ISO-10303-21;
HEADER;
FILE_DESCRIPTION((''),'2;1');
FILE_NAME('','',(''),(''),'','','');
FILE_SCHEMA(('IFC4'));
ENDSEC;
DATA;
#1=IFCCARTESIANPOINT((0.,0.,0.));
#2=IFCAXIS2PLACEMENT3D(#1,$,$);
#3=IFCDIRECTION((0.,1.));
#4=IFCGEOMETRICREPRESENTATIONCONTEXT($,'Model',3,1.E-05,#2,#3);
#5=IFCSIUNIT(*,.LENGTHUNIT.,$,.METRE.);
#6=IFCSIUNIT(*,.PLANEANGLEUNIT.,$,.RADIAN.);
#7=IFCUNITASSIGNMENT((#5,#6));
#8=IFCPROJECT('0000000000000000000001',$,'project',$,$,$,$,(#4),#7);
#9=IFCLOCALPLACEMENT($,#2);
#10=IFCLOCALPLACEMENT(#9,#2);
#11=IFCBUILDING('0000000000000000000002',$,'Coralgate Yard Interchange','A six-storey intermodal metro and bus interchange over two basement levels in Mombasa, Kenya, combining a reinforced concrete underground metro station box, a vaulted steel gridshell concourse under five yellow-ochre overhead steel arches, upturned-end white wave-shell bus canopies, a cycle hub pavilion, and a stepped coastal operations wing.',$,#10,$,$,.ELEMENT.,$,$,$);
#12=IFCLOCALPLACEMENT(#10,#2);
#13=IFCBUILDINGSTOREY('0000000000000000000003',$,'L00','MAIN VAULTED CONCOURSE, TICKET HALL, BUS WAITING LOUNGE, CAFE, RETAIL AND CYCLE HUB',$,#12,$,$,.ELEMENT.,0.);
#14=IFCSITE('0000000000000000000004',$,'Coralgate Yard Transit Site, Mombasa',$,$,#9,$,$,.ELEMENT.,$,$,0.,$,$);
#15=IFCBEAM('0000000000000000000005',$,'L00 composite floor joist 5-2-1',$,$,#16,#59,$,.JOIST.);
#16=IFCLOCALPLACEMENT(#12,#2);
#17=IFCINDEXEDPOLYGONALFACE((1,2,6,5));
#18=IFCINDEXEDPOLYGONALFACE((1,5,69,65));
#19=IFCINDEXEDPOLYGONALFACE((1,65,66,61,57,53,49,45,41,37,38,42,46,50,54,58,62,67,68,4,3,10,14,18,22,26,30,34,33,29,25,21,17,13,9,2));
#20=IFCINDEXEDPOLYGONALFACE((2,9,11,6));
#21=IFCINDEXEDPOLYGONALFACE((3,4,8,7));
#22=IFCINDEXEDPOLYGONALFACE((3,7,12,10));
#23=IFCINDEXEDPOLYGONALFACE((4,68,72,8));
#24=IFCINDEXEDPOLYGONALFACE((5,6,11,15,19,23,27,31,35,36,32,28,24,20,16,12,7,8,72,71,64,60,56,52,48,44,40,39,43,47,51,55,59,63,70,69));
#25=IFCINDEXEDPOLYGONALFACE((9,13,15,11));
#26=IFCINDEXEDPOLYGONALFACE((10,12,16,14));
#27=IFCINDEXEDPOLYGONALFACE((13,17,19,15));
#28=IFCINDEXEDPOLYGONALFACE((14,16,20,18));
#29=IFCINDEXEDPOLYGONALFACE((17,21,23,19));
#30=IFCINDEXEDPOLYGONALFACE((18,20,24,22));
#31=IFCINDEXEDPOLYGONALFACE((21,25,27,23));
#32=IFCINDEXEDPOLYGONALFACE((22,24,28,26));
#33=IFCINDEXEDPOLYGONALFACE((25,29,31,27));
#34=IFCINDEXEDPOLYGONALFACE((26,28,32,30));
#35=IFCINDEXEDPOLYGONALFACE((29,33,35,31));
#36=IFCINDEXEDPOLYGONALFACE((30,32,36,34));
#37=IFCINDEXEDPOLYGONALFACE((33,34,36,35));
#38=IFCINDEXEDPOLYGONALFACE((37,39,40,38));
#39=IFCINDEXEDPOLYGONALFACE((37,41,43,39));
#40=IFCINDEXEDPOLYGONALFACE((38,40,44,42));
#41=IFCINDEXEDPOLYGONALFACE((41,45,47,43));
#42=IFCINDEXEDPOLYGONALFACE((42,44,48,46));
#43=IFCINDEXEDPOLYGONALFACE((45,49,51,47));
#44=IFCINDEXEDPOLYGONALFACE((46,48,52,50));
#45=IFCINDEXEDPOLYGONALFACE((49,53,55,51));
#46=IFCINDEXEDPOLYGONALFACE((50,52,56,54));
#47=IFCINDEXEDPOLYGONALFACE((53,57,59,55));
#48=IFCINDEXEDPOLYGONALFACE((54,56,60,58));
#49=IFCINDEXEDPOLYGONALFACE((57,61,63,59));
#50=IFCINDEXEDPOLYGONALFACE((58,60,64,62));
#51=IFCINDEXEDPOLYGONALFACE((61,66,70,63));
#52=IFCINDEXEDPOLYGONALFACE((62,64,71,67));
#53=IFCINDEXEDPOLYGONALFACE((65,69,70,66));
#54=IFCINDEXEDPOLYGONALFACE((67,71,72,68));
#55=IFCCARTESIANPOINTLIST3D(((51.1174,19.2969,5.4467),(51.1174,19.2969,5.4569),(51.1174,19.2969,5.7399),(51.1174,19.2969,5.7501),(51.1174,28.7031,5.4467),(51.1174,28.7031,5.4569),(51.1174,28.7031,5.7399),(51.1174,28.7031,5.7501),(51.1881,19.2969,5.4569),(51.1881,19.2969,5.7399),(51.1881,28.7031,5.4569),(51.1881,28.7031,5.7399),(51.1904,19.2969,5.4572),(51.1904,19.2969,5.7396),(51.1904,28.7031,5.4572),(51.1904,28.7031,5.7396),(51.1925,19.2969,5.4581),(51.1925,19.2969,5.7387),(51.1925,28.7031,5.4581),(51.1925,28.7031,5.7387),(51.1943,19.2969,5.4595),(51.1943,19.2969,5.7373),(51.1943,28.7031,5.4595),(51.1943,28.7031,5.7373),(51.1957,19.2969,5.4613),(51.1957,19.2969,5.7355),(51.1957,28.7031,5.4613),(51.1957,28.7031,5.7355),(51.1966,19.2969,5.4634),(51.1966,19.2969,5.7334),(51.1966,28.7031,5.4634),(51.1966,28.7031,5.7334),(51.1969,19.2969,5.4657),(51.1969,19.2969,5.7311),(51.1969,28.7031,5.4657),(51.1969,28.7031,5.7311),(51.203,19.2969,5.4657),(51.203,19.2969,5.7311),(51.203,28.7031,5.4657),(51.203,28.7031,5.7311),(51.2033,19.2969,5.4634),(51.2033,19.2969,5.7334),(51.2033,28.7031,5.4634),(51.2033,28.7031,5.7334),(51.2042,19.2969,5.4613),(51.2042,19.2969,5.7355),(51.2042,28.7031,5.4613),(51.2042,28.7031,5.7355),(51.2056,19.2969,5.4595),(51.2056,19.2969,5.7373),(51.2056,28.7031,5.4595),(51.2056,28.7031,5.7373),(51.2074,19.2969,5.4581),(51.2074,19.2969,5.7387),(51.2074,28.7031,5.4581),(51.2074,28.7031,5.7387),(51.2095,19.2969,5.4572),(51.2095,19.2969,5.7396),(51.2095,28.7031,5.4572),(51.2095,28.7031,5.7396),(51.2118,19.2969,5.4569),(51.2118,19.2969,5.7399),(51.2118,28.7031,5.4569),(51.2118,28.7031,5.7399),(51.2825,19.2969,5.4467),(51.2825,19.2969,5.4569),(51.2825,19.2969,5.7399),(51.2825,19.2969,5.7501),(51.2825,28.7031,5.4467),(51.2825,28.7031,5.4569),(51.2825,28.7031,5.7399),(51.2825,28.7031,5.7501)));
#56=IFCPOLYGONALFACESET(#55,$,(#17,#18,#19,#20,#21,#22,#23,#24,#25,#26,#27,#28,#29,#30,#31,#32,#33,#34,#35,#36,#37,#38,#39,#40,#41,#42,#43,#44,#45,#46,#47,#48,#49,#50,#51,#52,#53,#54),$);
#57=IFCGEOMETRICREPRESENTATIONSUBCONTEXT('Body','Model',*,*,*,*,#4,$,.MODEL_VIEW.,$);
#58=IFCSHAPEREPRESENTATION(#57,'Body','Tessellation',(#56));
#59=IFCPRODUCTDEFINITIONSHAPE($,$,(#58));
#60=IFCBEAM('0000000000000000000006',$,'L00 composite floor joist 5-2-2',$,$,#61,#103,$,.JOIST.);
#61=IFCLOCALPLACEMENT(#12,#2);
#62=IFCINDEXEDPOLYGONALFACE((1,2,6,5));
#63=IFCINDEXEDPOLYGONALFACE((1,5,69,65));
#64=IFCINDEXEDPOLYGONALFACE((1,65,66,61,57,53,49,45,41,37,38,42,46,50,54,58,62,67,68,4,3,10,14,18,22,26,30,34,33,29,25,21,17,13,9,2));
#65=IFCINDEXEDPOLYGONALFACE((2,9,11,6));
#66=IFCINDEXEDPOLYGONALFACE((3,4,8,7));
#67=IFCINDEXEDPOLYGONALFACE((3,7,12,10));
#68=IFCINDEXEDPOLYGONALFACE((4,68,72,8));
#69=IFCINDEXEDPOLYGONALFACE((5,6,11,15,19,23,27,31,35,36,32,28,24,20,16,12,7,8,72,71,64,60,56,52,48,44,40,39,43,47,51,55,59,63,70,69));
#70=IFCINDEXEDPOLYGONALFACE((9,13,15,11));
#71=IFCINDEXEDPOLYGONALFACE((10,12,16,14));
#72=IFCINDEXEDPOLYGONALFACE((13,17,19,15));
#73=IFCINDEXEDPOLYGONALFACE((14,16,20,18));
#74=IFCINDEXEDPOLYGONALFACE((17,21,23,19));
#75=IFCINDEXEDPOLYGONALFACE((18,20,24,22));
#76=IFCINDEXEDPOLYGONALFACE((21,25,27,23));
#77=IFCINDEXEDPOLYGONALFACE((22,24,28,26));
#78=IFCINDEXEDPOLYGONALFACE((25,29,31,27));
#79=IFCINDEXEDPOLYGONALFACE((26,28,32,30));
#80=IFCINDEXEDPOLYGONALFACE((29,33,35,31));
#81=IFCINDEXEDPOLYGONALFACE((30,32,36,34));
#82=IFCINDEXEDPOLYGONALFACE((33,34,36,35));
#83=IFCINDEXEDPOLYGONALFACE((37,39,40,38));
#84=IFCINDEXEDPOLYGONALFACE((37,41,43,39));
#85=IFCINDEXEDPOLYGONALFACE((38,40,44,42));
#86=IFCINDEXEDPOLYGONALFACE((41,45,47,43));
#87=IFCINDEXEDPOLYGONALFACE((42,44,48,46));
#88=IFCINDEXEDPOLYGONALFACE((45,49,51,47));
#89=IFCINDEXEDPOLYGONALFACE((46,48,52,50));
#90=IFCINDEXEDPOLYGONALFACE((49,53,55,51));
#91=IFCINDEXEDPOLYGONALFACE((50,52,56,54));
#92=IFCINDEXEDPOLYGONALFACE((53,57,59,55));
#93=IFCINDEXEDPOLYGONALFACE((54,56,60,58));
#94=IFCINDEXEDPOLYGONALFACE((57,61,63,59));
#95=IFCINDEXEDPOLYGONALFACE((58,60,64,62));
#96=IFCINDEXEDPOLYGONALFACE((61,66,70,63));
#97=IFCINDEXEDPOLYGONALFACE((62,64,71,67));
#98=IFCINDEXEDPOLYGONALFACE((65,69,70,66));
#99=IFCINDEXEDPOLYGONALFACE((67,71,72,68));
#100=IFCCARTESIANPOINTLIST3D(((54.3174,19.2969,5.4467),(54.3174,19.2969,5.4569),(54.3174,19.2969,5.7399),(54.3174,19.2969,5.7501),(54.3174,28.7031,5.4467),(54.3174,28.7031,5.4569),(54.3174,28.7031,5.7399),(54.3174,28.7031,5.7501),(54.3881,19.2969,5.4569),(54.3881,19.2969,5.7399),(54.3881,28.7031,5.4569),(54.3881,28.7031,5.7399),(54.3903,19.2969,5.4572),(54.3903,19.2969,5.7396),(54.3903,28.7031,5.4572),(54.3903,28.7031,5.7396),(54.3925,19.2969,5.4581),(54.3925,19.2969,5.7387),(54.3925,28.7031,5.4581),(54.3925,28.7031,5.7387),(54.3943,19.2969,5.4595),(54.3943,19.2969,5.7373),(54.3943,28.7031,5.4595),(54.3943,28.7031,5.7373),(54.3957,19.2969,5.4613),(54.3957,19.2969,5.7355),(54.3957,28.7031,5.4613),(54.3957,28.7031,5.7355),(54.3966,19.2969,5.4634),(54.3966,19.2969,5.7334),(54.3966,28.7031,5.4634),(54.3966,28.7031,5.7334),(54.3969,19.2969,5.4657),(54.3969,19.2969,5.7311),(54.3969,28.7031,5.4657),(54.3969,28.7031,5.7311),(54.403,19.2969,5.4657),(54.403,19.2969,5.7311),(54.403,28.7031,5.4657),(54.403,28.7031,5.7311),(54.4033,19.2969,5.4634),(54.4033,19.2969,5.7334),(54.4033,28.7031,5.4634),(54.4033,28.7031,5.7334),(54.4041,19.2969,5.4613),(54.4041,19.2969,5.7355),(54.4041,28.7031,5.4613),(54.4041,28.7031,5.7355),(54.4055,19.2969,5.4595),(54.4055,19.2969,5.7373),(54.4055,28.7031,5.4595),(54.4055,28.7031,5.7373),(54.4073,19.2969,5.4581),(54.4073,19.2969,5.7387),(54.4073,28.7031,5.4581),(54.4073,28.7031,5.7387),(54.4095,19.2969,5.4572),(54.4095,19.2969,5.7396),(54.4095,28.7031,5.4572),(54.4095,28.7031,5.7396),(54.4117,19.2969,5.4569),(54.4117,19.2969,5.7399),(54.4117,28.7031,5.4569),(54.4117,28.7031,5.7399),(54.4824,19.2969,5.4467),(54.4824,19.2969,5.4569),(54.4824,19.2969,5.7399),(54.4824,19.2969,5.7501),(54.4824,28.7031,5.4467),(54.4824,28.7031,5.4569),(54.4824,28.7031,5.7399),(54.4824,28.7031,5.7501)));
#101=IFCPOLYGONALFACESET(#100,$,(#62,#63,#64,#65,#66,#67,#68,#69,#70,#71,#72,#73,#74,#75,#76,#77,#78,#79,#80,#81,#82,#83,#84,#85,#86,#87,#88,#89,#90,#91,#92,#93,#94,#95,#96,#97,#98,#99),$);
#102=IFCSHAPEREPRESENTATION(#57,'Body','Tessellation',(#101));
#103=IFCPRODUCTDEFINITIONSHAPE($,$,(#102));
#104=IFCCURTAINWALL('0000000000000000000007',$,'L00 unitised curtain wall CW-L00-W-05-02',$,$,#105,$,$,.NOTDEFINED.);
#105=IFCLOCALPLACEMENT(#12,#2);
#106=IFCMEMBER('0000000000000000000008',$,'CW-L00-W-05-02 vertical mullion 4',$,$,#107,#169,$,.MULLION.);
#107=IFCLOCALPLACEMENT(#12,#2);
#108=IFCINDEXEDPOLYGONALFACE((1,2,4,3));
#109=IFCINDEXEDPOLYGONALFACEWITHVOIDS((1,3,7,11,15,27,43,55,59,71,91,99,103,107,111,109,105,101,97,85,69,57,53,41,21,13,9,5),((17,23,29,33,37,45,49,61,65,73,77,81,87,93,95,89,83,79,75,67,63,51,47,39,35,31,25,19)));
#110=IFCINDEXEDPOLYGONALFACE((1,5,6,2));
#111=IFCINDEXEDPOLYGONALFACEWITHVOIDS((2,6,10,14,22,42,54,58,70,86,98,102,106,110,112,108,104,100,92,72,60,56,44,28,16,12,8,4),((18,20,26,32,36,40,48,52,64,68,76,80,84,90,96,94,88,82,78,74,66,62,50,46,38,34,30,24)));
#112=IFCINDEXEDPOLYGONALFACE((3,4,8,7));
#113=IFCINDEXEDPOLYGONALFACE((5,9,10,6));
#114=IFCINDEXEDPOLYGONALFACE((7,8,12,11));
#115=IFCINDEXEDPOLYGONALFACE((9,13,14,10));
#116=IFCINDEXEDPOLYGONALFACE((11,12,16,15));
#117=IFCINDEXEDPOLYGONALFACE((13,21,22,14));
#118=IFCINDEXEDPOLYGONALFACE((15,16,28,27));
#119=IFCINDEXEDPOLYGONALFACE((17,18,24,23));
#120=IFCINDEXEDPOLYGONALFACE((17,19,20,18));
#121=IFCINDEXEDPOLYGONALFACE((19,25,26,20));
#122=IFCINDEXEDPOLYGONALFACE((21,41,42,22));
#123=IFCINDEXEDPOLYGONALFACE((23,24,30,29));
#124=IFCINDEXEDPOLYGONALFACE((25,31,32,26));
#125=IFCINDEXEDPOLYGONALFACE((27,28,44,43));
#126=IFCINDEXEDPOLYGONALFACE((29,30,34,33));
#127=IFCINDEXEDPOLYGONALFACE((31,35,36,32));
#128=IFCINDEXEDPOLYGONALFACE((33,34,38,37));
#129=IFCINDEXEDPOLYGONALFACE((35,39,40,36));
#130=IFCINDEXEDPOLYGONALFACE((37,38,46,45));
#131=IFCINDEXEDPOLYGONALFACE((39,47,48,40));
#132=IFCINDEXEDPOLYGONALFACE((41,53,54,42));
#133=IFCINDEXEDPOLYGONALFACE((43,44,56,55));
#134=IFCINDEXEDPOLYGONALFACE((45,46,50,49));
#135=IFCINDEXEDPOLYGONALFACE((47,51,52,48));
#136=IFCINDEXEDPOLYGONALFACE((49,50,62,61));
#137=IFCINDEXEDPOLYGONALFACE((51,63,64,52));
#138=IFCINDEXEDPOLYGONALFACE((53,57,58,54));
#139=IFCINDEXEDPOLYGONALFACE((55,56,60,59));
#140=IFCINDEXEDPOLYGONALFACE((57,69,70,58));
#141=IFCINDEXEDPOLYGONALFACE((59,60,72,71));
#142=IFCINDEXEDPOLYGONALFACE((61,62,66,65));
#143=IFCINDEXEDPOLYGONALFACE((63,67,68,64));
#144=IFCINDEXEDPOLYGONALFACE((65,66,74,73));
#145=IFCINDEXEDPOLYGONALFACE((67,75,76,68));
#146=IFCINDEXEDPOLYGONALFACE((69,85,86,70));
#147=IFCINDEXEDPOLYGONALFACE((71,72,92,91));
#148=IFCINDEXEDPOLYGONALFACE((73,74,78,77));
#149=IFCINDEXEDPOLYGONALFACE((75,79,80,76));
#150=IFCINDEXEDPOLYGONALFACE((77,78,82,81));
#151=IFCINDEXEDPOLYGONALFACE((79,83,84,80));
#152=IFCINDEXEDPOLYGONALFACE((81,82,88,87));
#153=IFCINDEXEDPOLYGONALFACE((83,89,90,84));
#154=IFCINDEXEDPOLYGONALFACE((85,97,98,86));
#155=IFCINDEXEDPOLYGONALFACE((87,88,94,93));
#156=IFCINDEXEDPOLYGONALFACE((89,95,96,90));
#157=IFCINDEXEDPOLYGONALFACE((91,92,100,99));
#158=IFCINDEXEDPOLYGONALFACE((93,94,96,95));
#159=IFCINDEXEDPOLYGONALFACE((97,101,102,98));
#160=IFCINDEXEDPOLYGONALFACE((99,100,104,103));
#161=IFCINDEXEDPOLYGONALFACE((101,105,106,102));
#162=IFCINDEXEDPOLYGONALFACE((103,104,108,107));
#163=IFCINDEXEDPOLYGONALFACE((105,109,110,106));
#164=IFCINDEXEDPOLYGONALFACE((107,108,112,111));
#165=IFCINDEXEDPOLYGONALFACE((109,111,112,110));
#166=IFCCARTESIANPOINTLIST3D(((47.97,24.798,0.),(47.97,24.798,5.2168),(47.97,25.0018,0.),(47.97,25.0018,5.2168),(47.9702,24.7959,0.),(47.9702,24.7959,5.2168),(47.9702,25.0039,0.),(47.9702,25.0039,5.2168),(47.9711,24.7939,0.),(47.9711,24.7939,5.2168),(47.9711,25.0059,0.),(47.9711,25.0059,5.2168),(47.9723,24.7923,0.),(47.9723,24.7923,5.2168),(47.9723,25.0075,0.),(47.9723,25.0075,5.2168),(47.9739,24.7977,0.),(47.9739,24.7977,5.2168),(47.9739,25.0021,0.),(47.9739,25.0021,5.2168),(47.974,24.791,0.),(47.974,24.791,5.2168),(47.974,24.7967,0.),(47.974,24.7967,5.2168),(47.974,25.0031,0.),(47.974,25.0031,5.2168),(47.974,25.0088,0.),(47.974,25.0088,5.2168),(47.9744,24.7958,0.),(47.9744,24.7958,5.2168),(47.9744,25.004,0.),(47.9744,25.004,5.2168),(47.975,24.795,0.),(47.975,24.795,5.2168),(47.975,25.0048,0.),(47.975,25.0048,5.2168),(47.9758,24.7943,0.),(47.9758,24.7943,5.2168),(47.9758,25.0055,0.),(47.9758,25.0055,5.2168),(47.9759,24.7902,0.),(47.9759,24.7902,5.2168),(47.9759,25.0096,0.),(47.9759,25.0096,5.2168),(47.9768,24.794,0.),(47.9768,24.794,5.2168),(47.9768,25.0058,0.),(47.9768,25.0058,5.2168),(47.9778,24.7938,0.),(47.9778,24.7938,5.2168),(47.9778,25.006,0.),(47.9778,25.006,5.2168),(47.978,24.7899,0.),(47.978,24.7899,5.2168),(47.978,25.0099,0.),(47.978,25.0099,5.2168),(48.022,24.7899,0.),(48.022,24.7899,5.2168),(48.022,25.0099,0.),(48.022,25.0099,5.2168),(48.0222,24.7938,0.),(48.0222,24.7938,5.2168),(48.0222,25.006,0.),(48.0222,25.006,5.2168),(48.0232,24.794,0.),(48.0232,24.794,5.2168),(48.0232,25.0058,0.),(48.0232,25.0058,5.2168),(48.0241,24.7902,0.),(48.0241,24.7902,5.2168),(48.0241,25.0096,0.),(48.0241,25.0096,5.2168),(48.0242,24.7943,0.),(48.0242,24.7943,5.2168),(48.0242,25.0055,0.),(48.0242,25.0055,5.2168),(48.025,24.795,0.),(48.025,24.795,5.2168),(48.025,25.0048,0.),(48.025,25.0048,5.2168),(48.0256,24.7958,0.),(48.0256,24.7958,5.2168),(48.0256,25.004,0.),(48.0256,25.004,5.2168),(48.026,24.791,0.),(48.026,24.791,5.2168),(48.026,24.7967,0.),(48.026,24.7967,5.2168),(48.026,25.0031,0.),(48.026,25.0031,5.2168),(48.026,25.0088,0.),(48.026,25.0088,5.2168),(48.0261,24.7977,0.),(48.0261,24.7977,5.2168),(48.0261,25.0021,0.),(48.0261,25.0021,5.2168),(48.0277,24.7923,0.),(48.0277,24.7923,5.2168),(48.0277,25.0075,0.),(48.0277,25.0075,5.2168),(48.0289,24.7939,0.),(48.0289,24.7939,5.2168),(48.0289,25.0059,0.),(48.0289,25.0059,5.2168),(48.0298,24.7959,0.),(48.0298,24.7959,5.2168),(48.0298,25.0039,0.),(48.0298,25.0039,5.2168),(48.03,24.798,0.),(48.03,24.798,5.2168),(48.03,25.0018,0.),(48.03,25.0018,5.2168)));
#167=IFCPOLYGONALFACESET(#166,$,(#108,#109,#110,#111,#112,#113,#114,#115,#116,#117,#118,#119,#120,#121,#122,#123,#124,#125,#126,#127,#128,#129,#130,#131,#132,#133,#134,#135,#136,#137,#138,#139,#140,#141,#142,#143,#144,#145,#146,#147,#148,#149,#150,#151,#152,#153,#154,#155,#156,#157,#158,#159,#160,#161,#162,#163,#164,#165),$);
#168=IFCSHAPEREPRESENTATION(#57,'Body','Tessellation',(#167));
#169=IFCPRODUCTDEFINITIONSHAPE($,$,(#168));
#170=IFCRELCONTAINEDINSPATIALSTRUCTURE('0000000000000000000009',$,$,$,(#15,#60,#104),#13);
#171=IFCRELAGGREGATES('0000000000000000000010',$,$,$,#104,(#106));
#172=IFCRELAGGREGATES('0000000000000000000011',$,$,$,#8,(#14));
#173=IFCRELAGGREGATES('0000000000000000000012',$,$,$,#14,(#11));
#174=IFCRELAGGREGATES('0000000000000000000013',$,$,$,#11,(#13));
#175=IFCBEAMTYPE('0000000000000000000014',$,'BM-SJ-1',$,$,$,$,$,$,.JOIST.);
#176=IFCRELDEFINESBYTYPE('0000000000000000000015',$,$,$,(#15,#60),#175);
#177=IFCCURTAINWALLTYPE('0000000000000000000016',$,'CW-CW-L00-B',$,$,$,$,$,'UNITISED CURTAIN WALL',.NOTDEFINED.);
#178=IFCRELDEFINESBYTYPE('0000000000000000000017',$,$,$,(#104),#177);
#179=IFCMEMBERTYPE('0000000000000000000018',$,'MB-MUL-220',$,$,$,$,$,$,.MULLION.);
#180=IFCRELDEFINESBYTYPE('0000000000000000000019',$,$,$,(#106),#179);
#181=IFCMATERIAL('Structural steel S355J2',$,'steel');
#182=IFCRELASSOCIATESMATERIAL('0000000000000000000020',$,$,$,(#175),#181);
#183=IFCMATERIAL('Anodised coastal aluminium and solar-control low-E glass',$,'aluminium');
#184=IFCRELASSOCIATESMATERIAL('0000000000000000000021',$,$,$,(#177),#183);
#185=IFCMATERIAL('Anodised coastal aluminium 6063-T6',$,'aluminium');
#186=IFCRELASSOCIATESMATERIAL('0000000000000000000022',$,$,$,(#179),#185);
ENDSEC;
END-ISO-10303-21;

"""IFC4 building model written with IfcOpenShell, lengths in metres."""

from ifc_helpers import new_model, si_unit, direction, frame, origin, origin_2d, place, context, subcontext, project, spatial, hollow_rectangle, i_section, extrude, material, material_profile, profile_set, type_object, element, aggregate, save


model = new_model("IFC4")

# Units and contexts
model_context = context("Model", 3, precision=1e-05, world=origin(), true_north=direction((0.0, 1.0)))
body_context = subcontext(model_context, "Body", "Model", "MODEL_VIEW")
ifc_project = project(units=[si_unit("LENGTHUNIT", "METRE"), si_unit("PLANEANGLEUNIT", "RADIAN")], contexts=[model_context])

# Site, building, storey
site_placement = place(None, origin())
site = spatial("IfcSite", under=ifc_project, at=site_placement, Name="Coralgate Yard Transit Site, Mombasa", CompositionType="ELEMENT", RefElevation=0.0)
building_placement = place(site_placement, origin())
building = spatial("IfcBuilding", under=site, at=building_placement, Name="Coralgate Yard Interchange", Description="A six-storey intermodal metro and bus interchange over two basement levels in Mombasa, Kenya, combining a reinforced concrete underground metro station box, a vaulted steel gridshell concourse under five yellow-ochre overhead steel arches, upturned-end white wave-shell bus canopies, a cycle hub pavilion, and a stepped coastal operations wing.", CompositionType="ELEMENT")
storey_placement = place(building_placement, origin())
storey = spatial("IfcBuildingStorey", under=building, at=storey_placement, Name="L00", Description="MAIN VAULTED CONCOURSE, TICKET HALL, BUS WAITING LOUNGE, CAFE, RETAIL AND CYCLE HUB", CompositionType="ELEMENT", Elevation=0.0)

# Shared definitions
ifc_material_1 = material(Name="Structural steel S355J2", Category="steel")

# Beams
ifc_material_profile_1 = material_profile(ifc_material_1, i_section(OverallWidth=0.165, OverallDepth=0.3035, WebThickness=0.0061, FlangeThickness=0.0103, FilletRadius=0.0088, at=origin_2d()), Name="UB 305x165x40")
ifc_profile_set_1 = profile_set([ifc_material_profile_1], Name="Structural steel S355J2")
beam_type_1 = type_object("IfcBeamType", Name="BM-SJ-1", PredefinedType="JOIST", material=ifc_profile_set_1)
for number, where, z_axis, x_axis, name in (
    (1, (51.2, 19.2969, 5.5984), (0.0, 1.0, 0.0), (-1.0, 0.0, 0.0), "L00 composite floor joist 5-2-1"),
    (2, (54.3999, 19.2969, 5.5984), (0.0, 1.0, 0.0), (-1.0, 0.0, 0.0), "L00 composite floor joist 5-2-2"),
):
    element("IfcBeam", number, at=place(storey_placement, frame(where, z_axis=z_axis, x_axis=x_axis)), inside=storey, type_object=beam_type_1, Name=name, PredefinedType="JOIST", context=body_context, shape_type="SweptSolid", body=[
        extrude(i_section(OverallWidth=0.165, OverallDepth=0.3035, WebThickness=0.0061, FlangeThickness=0.0103, FilletRadius=0.0088, at=origin_2d()), origin(), (0.0, 0.0, 1.0), 9.4062),
    ])

# Curtain wall, member
ifc_material_2 = material(Name="Anodised coastal aluminium and solar-control low-E glass", Category="aluminium")
curtain_wall_type_1 = type_object("IfcCurtainWallType", Name="CW-CW-L00-B", ElementType="UNITISED CURTAIN WALL", PredefinedType="NOTDEFINED", material=ifc_material_2)
curtain_wall_1_placement = place(storey_placement, origin())
curtain_wall_1 = element("IfcCurtainWall", 3, at=curtain_wall_1_placement, inside=storey, type_object=curtain_wall_type_1, Name="L00 unitised curtain wall CW-L00-W-05-02", PredefinedType="NOTDEFINED")
ifc_material_3 = material(Name="Anodised coastal aluminium 6063-T6", Category="aluminium")
ifc_material_profile_2 = material_profile(ifc_material_3, hollow_rectangle(XDim=0.0601, YDim=0.22, WallThickness=0.0039, InnerFilletRadius=0.0039, OuterFilletRadius=0.0081, at=origin_2d()), Name="ALU 60x220x4")
ifc_profile_set_2 = profile_set([ifc_material_profile_2], Name="Anodised coastal aluminium 6063-T6")
member_type_1 = type_object("IfcMemberType", Name="MB-MUL-220", PredefinedType="MULLION", material=ifc_profile_set_2)
member_1_placement = place(storey_placement, frame((48.0, 24.8999, 0.0), z_axis=(0.0, 0.0, 1.0), x_axis=(1.0, 0.0, 0.0)))
member_1 = element("IfcMember", 4, at=member_1_placement, type_object=member_type_1, Name="CW-L00-W-05-02 vertical mullion 4", PredefinedType="MULLION", context=body_context, shape_type="SweptSolid", body=[
    extrude(hollow_rectangle(XDim=0.0601, YDim=0.22, WallThickness=0.0039, InnerFilletRadius=0.0039, OuterFilletRadius=0.0081, at=origin_2d()), origin(), (0.0, 0.0, 1.0), 5.2168),
])
aggregate(curtain_wall_1, [member_1])

save(model, "model.ifc")
